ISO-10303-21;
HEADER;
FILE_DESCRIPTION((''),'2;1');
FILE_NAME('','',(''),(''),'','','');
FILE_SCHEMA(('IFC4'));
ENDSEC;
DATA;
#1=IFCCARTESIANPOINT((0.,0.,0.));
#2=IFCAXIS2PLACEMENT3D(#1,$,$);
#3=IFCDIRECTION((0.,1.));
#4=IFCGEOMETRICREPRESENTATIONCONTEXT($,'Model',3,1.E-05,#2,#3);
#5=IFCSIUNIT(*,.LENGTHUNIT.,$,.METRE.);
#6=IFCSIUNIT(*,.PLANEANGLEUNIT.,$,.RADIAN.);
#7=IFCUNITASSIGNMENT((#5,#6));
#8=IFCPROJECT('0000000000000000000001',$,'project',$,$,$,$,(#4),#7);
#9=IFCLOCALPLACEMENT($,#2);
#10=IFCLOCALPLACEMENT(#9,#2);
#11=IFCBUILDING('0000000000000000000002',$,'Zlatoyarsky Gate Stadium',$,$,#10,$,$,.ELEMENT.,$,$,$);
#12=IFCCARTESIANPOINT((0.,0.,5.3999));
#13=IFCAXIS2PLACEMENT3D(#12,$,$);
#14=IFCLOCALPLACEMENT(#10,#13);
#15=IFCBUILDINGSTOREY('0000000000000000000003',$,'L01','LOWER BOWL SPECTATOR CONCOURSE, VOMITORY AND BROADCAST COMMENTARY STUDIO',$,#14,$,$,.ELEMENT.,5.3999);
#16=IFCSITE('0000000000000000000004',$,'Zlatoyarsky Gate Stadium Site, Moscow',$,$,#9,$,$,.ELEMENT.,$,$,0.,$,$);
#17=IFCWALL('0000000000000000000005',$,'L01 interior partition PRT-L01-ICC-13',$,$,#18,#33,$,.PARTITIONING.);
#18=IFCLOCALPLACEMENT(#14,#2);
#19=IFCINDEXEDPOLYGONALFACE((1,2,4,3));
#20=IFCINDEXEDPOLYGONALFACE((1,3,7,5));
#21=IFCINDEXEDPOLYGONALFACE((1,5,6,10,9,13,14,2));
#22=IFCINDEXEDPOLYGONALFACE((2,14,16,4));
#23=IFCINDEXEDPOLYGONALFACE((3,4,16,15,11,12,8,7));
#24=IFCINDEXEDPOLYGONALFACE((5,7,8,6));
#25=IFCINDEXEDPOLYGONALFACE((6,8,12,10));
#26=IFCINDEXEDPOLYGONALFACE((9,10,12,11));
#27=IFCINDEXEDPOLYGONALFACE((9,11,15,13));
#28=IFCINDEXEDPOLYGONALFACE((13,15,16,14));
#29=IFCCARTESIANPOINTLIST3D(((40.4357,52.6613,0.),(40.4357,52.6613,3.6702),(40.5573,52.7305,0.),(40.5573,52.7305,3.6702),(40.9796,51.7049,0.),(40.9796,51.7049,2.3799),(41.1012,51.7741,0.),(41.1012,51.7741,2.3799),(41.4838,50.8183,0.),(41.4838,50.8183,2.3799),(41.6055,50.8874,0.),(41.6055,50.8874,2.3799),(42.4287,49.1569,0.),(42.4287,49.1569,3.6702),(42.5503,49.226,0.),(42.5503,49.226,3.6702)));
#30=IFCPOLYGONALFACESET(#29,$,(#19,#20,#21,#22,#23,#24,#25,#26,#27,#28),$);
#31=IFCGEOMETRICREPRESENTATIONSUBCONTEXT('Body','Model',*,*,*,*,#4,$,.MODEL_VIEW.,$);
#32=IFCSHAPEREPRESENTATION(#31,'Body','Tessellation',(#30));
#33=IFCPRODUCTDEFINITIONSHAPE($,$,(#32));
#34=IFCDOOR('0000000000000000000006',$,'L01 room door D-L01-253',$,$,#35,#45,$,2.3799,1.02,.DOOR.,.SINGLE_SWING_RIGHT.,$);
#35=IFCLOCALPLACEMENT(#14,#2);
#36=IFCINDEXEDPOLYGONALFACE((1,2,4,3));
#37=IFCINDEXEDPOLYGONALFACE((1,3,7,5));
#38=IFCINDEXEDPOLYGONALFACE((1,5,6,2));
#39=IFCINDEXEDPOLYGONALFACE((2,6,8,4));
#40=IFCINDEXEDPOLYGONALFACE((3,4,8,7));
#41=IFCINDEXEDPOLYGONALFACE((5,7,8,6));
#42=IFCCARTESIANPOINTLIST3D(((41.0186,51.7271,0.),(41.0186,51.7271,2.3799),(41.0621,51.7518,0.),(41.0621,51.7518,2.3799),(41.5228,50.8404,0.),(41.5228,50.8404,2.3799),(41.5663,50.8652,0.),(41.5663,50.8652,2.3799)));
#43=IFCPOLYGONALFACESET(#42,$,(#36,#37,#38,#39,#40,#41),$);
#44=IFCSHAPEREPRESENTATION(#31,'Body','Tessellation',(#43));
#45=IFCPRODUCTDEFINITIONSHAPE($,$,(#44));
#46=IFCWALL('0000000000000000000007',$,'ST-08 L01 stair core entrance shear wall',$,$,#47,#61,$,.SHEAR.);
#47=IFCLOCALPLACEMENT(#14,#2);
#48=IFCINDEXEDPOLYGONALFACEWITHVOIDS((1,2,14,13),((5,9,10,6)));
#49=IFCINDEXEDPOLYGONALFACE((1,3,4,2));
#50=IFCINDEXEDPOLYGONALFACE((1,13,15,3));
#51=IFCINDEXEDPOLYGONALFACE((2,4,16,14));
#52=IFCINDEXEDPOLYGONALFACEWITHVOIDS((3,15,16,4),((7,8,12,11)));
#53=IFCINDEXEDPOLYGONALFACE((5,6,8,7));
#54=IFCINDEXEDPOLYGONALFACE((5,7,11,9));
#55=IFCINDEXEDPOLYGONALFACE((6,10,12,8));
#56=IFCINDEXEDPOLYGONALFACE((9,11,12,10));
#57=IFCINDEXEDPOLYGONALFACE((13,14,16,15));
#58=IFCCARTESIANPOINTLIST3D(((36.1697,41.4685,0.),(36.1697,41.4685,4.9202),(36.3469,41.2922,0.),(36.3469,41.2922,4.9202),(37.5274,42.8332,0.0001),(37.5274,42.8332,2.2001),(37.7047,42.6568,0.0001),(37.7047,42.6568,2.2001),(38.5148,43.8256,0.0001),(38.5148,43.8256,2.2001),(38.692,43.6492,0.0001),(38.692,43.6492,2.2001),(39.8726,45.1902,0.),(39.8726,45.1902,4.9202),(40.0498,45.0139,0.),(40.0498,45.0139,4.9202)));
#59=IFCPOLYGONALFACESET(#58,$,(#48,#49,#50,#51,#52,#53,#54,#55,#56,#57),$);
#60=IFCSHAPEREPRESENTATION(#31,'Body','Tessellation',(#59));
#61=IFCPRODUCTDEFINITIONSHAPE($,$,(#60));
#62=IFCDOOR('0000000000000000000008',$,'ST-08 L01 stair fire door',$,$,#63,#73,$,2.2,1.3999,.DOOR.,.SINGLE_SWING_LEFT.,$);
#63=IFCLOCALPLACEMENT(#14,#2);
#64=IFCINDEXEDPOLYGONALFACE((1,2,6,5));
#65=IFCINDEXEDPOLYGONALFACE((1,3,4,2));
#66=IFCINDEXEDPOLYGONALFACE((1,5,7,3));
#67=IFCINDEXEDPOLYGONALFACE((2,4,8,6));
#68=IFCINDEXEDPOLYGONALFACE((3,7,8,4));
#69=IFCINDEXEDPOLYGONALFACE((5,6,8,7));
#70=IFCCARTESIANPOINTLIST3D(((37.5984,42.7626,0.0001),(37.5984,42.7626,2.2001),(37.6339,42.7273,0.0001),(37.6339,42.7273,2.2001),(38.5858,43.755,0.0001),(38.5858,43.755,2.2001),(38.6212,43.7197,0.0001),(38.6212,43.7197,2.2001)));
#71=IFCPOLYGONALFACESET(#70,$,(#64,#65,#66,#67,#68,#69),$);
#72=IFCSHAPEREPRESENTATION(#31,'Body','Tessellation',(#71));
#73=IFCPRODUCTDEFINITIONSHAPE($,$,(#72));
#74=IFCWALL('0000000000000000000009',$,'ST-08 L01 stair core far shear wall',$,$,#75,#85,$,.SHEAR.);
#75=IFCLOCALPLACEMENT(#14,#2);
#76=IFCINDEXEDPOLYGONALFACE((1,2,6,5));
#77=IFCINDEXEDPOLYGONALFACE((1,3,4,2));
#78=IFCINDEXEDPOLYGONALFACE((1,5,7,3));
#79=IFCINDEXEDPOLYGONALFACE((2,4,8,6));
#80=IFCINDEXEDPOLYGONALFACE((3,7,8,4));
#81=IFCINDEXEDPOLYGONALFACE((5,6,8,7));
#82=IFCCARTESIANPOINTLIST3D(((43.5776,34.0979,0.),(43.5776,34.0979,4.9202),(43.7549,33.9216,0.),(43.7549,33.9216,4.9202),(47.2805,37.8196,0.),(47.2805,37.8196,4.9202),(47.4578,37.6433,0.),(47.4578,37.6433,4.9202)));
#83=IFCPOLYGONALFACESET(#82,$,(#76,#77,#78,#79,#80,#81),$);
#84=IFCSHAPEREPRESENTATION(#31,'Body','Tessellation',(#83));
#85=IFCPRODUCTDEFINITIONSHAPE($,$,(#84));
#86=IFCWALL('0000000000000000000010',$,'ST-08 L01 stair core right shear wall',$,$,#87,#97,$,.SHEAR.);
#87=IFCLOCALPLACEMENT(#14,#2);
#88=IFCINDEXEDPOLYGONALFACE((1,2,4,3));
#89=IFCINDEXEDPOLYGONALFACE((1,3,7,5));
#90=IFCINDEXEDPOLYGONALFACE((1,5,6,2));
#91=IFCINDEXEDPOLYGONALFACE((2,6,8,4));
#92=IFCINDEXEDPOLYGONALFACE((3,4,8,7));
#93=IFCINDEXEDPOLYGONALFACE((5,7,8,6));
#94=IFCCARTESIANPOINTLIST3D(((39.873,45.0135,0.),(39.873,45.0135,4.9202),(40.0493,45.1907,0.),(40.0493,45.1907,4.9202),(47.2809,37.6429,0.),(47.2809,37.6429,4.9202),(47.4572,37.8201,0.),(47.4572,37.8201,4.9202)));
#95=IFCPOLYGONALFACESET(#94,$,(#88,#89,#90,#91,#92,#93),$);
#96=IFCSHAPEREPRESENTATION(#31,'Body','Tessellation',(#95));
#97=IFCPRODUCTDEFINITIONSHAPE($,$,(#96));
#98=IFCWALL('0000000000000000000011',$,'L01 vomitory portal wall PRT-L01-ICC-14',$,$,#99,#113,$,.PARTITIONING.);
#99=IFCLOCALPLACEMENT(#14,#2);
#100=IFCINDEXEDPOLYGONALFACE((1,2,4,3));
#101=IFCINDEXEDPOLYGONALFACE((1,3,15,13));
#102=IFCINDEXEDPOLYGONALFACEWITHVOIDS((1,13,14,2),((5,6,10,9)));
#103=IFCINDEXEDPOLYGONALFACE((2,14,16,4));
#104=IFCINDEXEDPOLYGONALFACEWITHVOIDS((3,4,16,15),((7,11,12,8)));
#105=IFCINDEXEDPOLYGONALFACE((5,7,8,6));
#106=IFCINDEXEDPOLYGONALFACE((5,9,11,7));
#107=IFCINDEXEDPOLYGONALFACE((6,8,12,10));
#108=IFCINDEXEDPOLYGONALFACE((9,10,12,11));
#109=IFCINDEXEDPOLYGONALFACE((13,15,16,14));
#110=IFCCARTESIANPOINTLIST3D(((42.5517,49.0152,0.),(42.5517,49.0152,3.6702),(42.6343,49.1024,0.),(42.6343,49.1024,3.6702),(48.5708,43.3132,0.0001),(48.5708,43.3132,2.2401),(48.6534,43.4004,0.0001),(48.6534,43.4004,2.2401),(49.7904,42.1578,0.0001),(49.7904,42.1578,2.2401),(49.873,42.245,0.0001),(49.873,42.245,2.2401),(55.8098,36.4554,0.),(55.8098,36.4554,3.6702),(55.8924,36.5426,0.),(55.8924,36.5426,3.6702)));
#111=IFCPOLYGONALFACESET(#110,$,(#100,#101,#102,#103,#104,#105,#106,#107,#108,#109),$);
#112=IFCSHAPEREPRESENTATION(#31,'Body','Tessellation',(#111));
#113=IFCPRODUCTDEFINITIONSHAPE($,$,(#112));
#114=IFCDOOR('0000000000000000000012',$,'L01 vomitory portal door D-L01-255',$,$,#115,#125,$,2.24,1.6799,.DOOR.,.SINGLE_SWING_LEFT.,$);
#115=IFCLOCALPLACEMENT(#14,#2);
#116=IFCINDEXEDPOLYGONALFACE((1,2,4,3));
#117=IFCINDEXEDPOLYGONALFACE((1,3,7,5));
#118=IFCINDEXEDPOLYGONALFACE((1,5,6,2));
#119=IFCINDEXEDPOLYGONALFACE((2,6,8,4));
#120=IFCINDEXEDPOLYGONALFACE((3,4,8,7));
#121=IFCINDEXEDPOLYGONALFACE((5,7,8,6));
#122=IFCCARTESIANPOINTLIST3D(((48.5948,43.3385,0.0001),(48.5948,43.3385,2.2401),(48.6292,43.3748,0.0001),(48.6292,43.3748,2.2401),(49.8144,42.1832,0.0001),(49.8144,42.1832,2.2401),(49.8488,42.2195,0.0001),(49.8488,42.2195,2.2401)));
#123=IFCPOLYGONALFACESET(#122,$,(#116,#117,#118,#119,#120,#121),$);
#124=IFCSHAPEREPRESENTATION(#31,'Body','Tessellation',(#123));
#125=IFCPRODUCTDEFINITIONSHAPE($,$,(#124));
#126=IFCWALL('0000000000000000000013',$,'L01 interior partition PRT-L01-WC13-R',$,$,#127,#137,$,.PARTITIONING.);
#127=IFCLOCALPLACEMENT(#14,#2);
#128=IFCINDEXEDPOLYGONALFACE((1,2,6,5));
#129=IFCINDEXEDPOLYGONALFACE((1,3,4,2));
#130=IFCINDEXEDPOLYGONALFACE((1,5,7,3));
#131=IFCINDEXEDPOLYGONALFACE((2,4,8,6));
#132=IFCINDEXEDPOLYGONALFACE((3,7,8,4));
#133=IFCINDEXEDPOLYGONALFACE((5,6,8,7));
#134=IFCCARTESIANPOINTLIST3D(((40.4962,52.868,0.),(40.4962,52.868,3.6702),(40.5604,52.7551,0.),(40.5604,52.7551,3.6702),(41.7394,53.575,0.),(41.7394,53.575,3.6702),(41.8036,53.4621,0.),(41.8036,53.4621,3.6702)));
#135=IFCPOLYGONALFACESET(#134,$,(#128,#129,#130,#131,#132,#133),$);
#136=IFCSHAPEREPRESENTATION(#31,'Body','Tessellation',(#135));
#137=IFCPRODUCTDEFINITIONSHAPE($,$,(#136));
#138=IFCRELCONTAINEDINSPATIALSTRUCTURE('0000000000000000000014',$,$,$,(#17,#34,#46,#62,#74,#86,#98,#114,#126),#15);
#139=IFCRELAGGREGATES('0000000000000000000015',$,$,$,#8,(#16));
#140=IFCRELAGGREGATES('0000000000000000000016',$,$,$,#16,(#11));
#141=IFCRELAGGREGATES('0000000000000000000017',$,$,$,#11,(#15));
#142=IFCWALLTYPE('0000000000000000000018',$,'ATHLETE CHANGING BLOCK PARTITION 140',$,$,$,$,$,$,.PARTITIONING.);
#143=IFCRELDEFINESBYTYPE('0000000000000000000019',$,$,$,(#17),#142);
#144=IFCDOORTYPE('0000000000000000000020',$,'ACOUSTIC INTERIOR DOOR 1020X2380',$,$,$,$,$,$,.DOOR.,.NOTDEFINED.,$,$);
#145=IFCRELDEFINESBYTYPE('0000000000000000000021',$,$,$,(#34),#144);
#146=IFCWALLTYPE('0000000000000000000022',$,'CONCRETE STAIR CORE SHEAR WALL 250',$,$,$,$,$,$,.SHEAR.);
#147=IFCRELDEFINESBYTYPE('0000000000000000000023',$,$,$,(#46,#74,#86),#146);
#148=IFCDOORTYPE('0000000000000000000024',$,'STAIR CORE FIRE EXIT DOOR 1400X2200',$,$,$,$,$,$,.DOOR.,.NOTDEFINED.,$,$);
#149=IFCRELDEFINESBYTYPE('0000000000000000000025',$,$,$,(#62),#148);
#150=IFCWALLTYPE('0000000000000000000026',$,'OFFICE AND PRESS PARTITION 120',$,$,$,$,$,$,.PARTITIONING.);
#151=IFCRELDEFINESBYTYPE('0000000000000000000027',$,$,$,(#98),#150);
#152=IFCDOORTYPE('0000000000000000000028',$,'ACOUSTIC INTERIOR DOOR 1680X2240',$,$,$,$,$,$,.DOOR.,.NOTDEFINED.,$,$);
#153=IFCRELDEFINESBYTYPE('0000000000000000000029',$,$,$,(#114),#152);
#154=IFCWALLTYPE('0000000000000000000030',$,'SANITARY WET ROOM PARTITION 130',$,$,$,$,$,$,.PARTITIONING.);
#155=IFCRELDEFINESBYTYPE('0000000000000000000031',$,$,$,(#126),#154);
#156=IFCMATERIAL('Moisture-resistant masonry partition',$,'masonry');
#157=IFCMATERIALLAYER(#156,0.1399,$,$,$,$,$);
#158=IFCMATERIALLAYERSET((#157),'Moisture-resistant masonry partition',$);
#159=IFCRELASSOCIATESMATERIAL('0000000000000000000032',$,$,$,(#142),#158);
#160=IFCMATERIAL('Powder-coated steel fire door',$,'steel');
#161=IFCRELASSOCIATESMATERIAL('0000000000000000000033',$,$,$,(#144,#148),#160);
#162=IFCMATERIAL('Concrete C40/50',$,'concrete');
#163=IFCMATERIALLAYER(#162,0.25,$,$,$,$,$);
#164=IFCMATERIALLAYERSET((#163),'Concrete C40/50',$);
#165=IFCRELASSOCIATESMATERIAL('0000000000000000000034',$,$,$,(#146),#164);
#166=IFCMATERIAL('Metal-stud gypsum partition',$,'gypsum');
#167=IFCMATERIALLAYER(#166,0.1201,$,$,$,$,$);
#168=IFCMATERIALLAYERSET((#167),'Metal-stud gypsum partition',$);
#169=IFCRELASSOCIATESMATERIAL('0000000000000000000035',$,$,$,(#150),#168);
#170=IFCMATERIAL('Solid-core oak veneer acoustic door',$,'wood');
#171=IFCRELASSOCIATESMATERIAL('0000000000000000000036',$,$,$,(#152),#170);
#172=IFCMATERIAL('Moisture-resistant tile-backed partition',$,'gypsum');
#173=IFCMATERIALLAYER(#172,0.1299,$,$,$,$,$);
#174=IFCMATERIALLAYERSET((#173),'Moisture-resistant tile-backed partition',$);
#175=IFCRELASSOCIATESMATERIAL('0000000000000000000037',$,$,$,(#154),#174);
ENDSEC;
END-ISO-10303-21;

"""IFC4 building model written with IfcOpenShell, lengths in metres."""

from ifc_helpers import new_model, si_unit, direction, frame, frame_2d, origin, place, context, subcontext, project, spatial, rectangle, extrude, material, layer, layer_set, type_object, element, fill, save


model = new_model("IFC4")

# Units and contexts
model_context = context("Model", 3, precision=1e-05, world=origin(), true_north=direction((0.0, 1.0)))
body_context = subcontext(model_context, "Body", "Model", "MODEL_VIEW")
ifc_project = project(units=[si_unit("LENGTHUNIT", "METRE"), si_unit("PLANEANGLEUNIT", "RADIAN")], contexts=[model_context])

# Site, building, storey
site_placement = place(None, origin())
site = spatial("IfcSite", under=ifc_project, at=site_placement, Name="Zlatoyarsky Gate Stadium Site, Moscow", CompositionType="ELEMENT", RefElevation=0.0)
building_placement = place(site_placement, origin())
building = spatial("IfcBuilding", under=site, at=building_placement, Name="Zlatoyarsky Gate Stadium", CompositionType="ELEMENT")
storey_placement = place(building_placement, frame((0.0, 0.0, 5.3999)))
storey = spatial("IfcBuildingStorey", under=building, at=storey_placement, Name="L01", Description="LOWER BOWL SPECTATOR CONCOURSE, VOMITORY AND BROADCAST COMMENTARY STUDIO", CompositionType="ELEMENT", Elevation=5.3999)

# Shared definitions
ifc_material_1 = material(Name="Concrete C40/50", Category="concrete")

# Walls, openings, doors
ifc_material_2 = material(Name="Moisture-resistant masonry partition", Category="masonry")
ifc_layer_1 = layer(ifc_material_2, 0.1399)
ifc_layer_set_1 = layer_set([ifc_layer_1], Name="Moisture-resistant masonry partition")
wall_type_1 = type_object("IfcWallType", Name="ATHLETE CHANGING BLOCK PARTITION 140", PredefinedType="PARTITIONING", material=ifc_layer_set_1)
wall_1_placement = place(storey_placement, frame((40.4966, 52.6958, 0.0), z_axis=(0.0, 0.0, 1.0), x_axis=(0.494344, -0.869266, 0.0)))
wall_1 = element("IfcWall", 1, at=wall_1_placement, inside=storey, type_object=wall_type_1, Name="L01 interior partition PRT-L01-ICC-13", PredefinedType="PARTITIONING", context=body_context, shape_type="SweptSolid", body=[
    extrude(rectangle(XDim=4.0315, YDim=0.1399, at=frame_2d((2.0156, 0.0))), origin(), (0.0, 0.0, 1.0), 3.6702),
])
opening_1_placement = place(wall_1_placement, frame((1.1001, 0.0, 0.0)))
opening_1 = element("IfcOpeningElement", 2, at=opening_1_placement, cuts=wall_1, PredefinedType="OPENING", context=body_context, shape_type="SweptSolid", body=[
    extrude(rectangle(XDim=1.02, YDim=2.3799, at=frame_2d((0.51, 1.1899))), frame((0.0, 0.0798, 0.0), z_axis=(0.0, -1.0, 0.0), x_axis=(1.0, 0.0, 0.0)), (0.0, 0.0, 1.0), 0.1599),
])
ifc_material_3 = material(Name="Powder-coated steel fire door", Category="steel")
door_type_1 = type_object("IfcDoorType", Name="ACOUSTIC INTERIOR DOOR 1020X2380", OperationType="NOTDEFINED", PredefinedType="DOOR", material=ifc_material_3)
door_1_placement = place(opening_1_placement, origin())
door_1 = element("IfcDoor", 3, at=door_1_placement, inside=storey, type_object=door_type_1, Name="L01 room door D-L01-253", OperationType="SINGLE_SWING_RIGHT", OverallHeight=2.3799, OverallWidth=1.02, PredefinedType="DOOR", context=body_context, shape_type="SweptSolid", body=[
    extrude(rectangle(XDim=1.02, YDim=2.3799, at=frame_2d((0.51, 1.1899))), frame((0.0, 0.0249, 0.0), z_axis=(0.0, -1.0, 0.0), x_axis=(1.0, 0.0, 0.0)), (0.0, 0.0, 1.0), 0.05),
])
fill(opening_1, door_1)
ifc_layer_2 = layer(ifc_material_1, 0.25)
ifc_layer_set_2 = layer_set([ifc_layer_2], Name="Concrete C40/50")
wall_type_2 = type_object("IfcWallType", Name="CONCRETE STAIR CORE SHEAR WALL 250", PredefinedType="SHEAR", material=ifc_layer_set_2)
wall_2_placement = place(storey_placement, frame((39.9612, 45.1021, 0.0), z_axis=(0.0, 0.0, 1.0), x_axis=(-0.705314, -0.708895, 0.0)))
wall_2 = element("IfcWall", 4, at=wall_2_placement, inside=storey, type_object=wall_type_2, Name="ST-08 L01 stair core entrance shear wall", PredefinedType="SHEAR", context=body_context, shape_type="SweptSolid", body=[
    extrude(rectangle(XDim=5.25, YDim=0.25, at=frame_2d((2.625, 0.0))), origin(), (0.0, 0.0, 1.0), 4.9202),
])
opening_2_placement = place(wall_2_placement, frame((1.925, 0.0, 0.0)))
opening_2 = element("IfcOpeningElement", 5, at=opening_2_placement, cuts=wall_2, PredefinedType="OPENING", context=body_context, shape_type="SweptSolid", body=[
    extrude(rectangle(XDim=1.3999, YDim=2.2, at=frame_2d((0.7, 1.1001))), frame((0.0, 0.135, 0.0), z_axis=(0.0, -1.0, 0.0), x_axis=(1.0, 0.0, 0.0)), (0.0, 0.0, 1.0), 0.27),
])
door_type_2 = type_object("IfcDoorType", Name="STAIR CORE FIRE EXIT DOOR 1400X2200", OperationType="NOTDEFINED", PredefinedType="DOOR", material=ifc_material_3)
door_2_placement = place(opening_2_placement, frame((1.3999, 0.0, 0.0), z_axis=(0.0, 0.0, 1.0), x_axis=(-1.0, 0.0, 0.0)))
door_2 = element("IfcDoor", 6, at=door_2_placement, inside=storey, type_object=door_type_2, Name="ST-08 L01 stair fire door", OperationType="SINGLE_SWING_LEFT", OverallHeight=2.2, OverallWidth=1.3999, PredefinedType="DOOR", context=body_context, shape_type="SweptSolid", body=[
    extrude(rectangle(XDim=1.3999, YDim=2.2, at=frame_2d((0.7, 1.1001))), frame((0.0, 0.0249, 0.0), z_axis=(0.0, -1.0, 0.0), x_axis=(1.0, 0.0, 0.0)), (0.0, 0.0, 1.0), 0.05),
])
fill(opening_2, door_2)

# Walls
wall_3_placement = place(storey_placement, frame((43.6663, 34.0098, 0.0), z_axis=(0.0, 0.0, 1.0), x_axis=(0.705314, 0.708895, 0.0)))
element("IfcWall", 7, at=wall_3_placement, inside=storey, type_object=wall_type_2, Name="ST-08 L01 stair core far shear wall", PredefinedType="SHEAR", context=body_context, shape_type="SweptSolid", body=[
    extrude(rectangle(XDim=5.25, YDim=0.25, at=frame_2d((2.625, 0.0))), origin(), (0.0, 0.0, 1.0), 4.9202),
])
wall_4_placement = place(storey_placement, frame((47.3691, 37.7314, 0.0), z_axis=(0.0, 0.0, 1.0), x_axis=(-0.708892, 0.705317, 0.0)))
element("IfcWall", 8, at=wall_4_placement, inside=storey, type_object=wall_type_2, Name="ST-08 L01 stair core right shear wall", PredefinedType="SHEAR", context=body_context, shape_type="SweptSolid", body=[
    extrude(rectangle(XDim=10.45, YDim=0.25, at=frame_2d((5.2251, 0.0))), origin(), (0.0, 0.0, 1.0), 4.9202),
])

# Wall, opening, door
ifc_material_4 = material(Name="Metal-stud gypsum partition", Category="gypsum")
ifc_layer_3 = layer(ifc_material_4, 0.1201)
ifc_layer_set_3 = layer_set([ifc_layer_3], Name="Metal-stud gypsum partition")
wall_type_3 = type_object("IfcWallType", Name="OFFICE AND PRESS PARTITION 120", PredefinedType="PARTITIONING", material=ifc_layer_set_3)
wall_5_placement = place(storey_placement, frame((42.593, 49.0588, 0.0), z_axis=(0.0, 0.0, 1.0), x_axis=(0.725965, -0.687732, 0.0)))
wall_5 = element("IfcWall", 9, at=wall_5_placement, inside=storey, type_object=wall_type_3, Name="L01 vomitory portal wall PRT-L01-ICC-14", PredefinedType="PARTITIONING", context=body_context, shape_type="SweptSolid", body=[
    extrude(rectangle(XDim=18.2627, YDim=0.1201, at=frame_2d((9.1313, 0.0))), origin(), (0.0, 0.0, 1.0), 3.6702),
])
opening_3_placement = place(wall_5_placement, frame((8.2913, 0.0, 0.0)))
opening_3 = element("IfcOpeningElement", 10, at=opening_3_placement, cuts=wall_5, PredefinedType="OPENING", context=body_context, shape_type="SweptSolid", body=[
    extrude(rectangle(XDim=1.6799, YDim=2.24, at=frame_2d((0.8398, 1.1201))), frame((0.0, 0.0701, 0.0), z_axis=(0.0, -1.0, 0.0), x_axis=(1.0, 0.0, 0.0)), (0.0, 0.0, 1.0), 0.1401),
])
ifc_material_5 = material(Name="Solid-core oak veneer acoustic door", Category="wood")
door_type_3 = type_object("IfcDoorType", Name="ACOUSTIC INTERIOR DOOR 1680X2240", OperationType="NOTDEFINED", PredefinedType="DOOR", material=ifc_material_5)
door_3_placement = place(opening_3_placement, origin())
door_3 = element("IfcDoor", 11, at=door_3_placement, inside=storey, type_object=door_type_3, Name="L01 vomitory portal door D-L01-255", OperationType="SINGLE_SWING_LEFT", OverallHeight=2.24, OverallWidth=1.6799, PredefinedType="DOOR", context=body_context, shape_type="SweptSolid", body=[
    extrude(rectangle(XDim=1.6799, YDim=2.24, at=frame_2d((0.8398, 1.1201))), frame((0.0, 0.0249, 0.0), z_axis=(0.0, -1.0, 0.0), x_axis=(1.0, 0.0, 0.0)), (0.0, 0.0, 1.0), 0.05),
])
fill(opening_3, door_3)

# Wall
ifc_material_6 = material(Name="Moisture-resistant tile-backed partition", Category="gypsum")
ifc_layer_4 = layer(ifc_material_6, 0.1299)
ifc_layer_set_4 = layer_set([ifc_layer_4], Name="Moisture-resistant tile-backed partition")
wall_type_4 = type_object("IfcWallType", Name="SANITARY WET ROOM PARTITION 130", PredefinedType="PARTITIONING", material=ifc_layer_set_4)
wall_6_placement = place(storey_placement, frame((40.5283, 52.8115, 0.0), z_axis=(0.0, 0.0, 1.0), x_axis=(0.86925, 0.494373, 0.0)))
element("IfcWall", 12, at=wall_6_placement, inside=storey, type_object=wall_type_4, Name="L01 interior partition PRT-L01-WC13-R", PredefinedType="PARTITIONING", context=body_context, shape_type="SweptSolid", body=[
    extrude(rectangle(XDim=1.4302, YDim=0.1299, at=frame_2d((0.7151, 0.0))), origin(), (0.0, 0.0, 1.0), 3.6702),
])

save(model, "model.ifc")
